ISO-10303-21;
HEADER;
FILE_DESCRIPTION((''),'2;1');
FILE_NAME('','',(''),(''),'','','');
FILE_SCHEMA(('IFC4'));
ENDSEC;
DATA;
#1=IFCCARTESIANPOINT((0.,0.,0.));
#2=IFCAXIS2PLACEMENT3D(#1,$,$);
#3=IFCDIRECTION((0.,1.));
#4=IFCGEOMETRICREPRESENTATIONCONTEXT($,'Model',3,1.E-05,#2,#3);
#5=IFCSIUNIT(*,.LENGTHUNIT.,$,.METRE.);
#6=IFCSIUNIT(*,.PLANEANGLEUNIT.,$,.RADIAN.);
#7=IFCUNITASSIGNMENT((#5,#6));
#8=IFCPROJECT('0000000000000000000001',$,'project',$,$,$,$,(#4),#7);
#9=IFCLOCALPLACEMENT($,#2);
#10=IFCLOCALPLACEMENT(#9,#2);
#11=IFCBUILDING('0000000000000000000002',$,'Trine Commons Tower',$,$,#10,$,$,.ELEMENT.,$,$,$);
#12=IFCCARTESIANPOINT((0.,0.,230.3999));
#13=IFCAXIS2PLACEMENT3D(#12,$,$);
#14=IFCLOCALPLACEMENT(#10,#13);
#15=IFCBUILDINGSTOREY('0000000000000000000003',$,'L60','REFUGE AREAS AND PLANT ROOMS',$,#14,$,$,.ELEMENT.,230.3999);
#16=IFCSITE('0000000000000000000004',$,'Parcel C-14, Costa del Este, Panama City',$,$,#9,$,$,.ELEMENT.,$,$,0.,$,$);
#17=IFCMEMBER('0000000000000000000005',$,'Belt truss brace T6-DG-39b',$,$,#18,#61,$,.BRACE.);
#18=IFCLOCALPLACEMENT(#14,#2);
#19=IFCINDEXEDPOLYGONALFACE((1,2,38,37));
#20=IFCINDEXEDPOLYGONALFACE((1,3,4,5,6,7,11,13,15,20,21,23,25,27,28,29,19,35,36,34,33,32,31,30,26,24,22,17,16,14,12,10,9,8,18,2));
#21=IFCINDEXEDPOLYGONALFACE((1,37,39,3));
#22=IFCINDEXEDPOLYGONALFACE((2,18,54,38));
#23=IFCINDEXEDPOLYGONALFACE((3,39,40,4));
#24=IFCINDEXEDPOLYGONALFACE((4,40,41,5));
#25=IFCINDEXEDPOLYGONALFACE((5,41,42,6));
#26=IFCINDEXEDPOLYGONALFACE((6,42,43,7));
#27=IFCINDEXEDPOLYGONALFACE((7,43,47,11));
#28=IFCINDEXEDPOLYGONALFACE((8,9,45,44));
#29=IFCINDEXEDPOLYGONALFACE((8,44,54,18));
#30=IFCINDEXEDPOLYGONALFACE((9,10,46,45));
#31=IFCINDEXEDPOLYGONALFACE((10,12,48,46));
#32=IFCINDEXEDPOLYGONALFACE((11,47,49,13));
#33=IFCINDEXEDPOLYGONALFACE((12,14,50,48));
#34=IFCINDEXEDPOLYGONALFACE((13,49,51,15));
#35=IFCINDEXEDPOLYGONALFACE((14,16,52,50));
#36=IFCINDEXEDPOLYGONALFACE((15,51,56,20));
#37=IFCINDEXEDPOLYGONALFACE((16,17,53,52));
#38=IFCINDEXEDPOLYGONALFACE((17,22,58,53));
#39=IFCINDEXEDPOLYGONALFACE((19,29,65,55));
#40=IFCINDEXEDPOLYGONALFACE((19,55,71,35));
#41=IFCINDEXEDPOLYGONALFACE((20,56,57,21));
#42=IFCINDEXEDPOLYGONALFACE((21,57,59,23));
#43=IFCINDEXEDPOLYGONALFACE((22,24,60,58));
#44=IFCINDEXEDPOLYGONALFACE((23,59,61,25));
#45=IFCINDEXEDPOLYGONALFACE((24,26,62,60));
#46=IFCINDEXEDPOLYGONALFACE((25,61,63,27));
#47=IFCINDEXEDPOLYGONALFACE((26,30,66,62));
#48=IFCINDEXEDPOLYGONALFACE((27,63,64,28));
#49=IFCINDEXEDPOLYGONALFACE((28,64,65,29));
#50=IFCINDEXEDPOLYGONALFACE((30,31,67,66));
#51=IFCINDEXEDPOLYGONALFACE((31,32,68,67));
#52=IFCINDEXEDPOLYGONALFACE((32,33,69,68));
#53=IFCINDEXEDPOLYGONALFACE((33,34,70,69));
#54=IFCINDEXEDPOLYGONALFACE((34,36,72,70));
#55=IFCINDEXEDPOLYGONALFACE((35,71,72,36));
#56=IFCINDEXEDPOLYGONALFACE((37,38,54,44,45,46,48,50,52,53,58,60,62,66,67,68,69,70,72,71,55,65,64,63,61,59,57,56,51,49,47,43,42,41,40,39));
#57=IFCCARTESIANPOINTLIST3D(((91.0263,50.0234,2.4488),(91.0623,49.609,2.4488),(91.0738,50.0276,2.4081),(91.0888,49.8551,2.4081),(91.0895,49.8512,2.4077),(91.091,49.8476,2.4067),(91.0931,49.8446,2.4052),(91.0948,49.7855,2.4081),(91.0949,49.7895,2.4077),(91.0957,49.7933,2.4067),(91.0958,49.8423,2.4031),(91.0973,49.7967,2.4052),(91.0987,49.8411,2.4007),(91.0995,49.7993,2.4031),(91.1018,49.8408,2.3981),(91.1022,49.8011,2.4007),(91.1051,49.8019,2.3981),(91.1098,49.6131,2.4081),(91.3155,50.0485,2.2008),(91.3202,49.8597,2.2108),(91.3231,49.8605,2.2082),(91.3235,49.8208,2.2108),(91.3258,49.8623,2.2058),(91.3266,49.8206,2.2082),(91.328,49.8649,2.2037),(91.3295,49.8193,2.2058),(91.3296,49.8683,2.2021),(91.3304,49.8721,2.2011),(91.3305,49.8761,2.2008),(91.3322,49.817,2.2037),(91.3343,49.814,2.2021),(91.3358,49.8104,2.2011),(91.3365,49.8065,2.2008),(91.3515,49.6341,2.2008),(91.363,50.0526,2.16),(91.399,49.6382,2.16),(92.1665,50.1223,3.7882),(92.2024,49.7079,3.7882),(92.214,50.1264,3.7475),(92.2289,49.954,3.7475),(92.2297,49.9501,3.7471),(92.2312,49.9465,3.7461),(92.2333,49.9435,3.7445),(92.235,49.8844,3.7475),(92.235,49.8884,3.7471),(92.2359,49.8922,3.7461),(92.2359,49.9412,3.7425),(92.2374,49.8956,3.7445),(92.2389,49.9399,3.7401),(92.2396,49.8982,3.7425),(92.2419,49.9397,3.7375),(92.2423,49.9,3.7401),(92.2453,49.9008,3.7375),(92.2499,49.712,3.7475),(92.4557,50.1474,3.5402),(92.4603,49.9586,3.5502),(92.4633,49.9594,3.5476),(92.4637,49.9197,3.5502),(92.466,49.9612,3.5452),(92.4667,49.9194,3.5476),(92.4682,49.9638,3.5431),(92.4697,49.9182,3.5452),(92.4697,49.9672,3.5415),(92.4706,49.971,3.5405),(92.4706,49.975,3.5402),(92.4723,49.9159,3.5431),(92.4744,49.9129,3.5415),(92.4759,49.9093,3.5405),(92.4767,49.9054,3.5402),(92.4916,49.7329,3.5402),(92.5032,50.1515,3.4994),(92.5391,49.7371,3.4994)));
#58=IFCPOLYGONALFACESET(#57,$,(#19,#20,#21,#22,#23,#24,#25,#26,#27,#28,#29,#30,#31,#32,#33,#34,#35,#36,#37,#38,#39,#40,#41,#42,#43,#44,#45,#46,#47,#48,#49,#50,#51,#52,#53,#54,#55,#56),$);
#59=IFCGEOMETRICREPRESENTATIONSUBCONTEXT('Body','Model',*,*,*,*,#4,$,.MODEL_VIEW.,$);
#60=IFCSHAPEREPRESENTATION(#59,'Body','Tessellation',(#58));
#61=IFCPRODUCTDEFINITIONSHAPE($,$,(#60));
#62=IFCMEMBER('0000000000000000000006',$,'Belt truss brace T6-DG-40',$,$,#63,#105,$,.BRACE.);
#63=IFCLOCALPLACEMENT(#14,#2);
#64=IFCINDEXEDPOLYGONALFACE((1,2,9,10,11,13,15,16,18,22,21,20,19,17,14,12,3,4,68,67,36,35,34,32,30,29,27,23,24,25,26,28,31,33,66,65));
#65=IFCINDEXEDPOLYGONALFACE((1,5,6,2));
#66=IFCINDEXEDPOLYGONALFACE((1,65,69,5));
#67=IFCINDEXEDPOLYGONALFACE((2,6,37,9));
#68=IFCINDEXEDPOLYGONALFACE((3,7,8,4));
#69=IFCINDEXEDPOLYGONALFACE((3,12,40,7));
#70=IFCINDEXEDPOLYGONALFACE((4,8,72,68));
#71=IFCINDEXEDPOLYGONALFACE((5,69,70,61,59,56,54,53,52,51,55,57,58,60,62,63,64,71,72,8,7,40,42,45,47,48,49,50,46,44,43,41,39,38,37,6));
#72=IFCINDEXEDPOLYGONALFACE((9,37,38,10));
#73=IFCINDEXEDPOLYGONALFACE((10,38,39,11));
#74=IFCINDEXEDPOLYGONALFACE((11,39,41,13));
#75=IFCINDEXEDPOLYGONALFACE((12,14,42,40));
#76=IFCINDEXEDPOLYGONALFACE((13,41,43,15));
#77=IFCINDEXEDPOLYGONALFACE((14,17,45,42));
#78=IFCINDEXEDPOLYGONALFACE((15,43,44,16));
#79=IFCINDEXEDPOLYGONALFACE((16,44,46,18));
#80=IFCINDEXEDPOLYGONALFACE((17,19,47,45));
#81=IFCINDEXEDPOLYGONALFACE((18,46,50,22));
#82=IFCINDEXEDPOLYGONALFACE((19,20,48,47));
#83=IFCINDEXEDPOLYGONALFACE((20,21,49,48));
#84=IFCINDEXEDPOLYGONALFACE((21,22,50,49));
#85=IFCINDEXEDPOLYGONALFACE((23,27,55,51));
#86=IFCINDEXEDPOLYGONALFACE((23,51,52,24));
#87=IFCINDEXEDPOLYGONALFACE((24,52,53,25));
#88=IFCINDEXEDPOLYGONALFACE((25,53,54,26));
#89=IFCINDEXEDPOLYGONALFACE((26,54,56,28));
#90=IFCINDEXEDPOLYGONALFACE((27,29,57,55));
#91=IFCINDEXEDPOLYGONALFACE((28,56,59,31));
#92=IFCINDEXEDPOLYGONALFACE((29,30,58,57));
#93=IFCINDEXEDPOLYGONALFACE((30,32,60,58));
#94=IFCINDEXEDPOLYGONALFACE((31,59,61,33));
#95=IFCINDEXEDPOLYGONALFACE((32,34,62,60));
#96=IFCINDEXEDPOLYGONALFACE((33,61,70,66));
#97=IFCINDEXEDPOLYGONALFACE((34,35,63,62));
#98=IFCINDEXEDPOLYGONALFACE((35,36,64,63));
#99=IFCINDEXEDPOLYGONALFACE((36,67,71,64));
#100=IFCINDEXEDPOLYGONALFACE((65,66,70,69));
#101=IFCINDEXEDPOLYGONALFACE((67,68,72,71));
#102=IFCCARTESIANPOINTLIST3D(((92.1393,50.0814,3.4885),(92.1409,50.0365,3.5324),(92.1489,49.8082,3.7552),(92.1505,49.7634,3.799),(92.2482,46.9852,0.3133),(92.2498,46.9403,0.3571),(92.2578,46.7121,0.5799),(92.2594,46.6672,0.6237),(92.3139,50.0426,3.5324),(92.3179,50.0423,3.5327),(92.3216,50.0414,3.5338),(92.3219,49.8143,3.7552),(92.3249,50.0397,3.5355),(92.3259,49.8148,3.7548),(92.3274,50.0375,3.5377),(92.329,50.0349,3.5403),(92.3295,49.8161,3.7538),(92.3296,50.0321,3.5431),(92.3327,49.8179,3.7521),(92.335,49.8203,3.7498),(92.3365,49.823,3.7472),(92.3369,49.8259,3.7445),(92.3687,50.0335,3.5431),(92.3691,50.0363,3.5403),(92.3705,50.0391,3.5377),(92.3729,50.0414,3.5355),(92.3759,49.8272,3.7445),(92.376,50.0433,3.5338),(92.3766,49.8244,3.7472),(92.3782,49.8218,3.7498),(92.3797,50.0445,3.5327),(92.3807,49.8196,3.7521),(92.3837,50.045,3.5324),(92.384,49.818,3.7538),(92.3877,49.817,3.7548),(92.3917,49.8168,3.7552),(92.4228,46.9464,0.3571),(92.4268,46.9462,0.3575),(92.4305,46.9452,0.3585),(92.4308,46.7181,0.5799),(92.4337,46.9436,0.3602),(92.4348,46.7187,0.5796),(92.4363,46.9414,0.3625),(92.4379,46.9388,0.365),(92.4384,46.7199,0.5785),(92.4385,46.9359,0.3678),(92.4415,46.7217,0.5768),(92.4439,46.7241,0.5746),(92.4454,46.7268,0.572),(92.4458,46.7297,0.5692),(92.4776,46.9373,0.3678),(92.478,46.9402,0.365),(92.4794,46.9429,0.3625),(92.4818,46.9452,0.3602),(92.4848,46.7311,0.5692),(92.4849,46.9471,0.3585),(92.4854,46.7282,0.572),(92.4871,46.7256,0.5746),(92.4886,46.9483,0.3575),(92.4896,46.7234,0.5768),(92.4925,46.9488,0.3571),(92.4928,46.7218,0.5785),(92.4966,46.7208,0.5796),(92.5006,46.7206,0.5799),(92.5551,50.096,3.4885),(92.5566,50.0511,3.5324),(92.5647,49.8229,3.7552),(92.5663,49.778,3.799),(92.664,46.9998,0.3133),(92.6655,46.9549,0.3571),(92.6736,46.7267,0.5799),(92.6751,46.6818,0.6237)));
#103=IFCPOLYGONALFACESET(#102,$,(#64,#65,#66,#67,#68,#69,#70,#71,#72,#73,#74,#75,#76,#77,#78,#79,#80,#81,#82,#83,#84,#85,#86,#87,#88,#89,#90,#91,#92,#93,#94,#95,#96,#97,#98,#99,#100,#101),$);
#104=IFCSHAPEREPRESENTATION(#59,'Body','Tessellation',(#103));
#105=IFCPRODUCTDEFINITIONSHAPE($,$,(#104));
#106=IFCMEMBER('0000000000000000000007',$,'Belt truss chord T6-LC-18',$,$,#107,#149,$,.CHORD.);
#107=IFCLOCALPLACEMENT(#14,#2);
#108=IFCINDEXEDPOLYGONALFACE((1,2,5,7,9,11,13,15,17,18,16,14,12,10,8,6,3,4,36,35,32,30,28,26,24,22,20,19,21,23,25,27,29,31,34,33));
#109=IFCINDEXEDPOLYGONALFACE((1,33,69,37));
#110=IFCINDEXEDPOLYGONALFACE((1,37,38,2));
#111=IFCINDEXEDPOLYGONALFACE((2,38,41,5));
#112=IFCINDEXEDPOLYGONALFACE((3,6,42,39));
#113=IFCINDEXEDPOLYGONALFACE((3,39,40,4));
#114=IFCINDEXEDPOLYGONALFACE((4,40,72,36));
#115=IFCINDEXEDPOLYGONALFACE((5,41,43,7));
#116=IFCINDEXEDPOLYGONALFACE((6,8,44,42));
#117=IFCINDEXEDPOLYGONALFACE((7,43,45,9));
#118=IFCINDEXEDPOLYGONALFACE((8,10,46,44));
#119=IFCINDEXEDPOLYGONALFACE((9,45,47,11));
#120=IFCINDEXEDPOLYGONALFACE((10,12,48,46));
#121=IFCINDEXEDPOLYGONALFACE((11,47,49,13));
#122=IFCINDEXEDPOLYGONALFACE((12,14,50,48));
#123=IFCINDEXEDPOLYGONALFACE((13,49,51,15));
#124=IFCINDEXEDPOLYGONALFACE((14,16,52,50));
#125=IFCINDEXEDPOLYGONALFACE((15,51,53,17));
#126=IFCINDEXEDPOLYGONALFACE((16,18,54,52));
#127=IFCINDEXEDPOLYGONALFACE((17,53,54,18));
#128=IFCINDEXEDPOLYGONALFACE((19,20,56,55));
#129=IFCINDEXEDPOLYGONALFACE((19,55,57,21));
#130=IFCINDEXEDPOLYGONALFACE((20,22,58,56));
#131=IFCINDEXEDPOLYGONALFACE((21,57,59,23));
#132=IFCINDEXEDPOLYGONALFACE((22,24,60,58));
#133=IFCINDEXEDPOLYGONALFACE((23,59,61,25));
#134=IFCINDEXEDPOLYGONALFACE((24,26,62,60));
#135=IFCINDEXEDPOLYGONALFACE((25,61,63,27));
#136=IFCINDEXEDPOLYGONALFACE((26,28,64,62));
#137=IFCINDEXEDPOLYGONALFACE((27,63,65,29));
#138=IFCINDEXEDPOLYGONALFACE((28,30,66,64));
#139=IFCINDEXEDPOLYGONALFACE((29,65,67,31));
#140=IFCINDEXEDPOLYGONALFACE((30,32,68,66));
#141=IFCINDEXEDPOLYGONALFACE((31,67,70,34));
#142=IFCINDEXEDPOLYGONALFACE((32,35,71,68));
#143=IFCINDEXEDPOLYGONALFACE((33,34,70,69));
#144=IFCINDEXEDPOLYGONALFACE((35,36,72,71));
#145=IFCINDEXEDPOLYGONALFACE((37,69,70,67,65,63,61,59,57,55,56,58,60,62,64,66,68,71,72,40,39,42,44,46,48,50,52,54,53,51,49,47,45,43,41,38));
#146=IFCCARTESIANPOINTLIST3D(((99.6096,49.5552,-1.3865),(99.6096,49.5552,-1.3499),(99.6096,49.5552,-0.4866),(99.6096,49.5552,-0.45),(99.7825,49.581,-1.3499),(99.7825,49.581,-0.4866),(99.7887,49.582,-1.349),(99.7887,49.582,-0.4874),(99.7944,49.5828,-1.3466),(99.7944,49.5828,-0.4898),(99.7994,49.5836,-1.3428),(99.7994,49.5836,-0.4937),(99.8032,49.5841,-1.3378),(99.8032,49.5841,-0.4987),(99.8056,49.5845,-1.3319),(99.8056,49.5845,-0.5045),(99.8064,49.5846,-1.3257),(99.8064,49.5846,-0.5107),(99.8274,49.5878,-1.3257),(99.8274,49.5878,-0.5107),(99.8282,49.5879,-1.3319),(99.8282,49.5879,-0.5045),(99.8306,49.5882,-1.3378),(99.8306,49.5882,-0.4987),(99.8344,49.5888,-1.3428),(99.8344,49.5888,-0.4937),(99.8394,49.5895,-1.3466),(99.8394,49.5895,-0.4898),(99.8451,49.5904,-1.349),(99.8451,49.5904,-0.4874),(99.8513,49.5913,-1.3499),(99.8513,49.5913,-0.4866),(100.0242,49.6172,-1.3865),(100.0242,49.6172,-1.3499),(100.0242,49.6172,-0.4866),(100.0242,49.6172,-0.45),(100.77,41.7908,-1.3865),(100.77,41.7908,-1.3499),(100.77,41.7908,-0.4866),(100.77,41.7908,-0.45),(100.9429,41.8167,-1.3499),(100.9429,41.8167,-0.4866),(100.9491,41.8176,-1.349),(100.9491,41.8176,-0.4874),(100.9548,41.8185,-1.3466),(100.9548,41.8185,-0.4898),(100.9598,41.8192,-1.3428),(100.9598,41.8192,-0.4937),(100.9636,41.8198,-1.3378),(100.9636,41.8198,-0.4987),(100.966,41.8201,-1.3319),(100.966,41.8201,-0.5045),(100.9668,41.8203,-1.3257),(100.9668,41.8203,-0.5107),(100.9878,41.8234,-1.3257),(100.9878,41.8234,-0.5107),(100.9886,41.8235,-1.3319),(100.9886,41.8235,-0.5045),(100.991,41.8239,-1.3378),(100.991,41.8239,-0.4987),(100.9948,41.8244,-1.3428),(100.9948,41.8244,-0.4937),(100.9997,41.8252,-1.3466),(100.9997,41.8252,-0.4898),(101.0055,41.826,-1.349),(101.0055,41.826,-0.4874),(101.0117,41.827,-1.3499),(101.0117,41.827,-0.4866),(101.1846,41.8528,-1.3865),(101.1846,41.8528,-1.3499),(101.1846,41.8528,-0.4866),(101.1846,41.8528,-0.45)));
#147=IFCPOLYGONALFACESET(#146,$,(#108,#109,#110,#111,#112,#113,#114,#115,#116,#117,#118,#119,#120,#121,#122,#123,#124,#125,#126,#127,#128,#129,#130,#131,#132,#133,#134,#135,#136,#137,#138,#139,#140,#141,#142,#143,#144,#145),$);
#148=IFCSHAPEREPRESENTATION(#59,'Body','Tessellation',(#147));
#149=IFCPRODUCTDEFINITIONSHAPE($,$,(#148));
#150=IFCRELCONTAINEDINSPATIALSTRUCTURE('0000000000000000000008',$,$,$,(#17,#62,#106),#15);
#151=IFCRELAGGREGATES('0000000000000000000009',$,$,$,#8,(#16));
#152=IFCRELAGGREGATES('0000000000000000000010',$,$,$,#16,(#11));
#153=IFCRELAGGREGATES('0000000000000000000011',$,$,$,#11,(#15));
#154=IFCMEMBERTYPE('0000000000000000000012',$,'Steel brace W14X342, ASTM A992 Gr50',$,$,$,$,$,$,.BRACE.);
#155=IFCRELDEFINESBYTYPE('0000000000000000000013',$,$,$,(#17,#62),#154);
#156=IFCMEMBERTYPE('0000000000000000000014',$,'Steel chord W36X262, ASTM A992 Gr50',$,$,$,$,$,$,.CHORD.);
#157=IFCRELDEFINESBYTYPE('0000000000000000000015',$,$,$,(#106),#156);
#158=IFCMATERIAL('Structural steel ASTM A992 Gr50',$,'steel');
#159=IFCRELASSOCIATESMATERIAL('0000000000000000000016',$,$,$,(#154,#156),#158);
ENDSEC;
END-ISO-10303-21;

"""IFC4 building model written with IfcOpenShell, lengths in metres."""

from ifc_helpers import new_model, si_unit, direction, frame, origin, origin_2d, place, context, subcontext, project, spatial, i_section, extrude, material, material_profile, profile_set, type_object, element, save


model = new_model("IFC4")

# Units and contexts
model_context = context("Model", 3, precision=1e-05, world=origin(), true_north=direction((0.0, 1.0)))
body_context = subcontext(model_context, "Body", "Model", "MODEL_VIEW")
ifc_project = project(units=[si_unit("LENGTHUNIT", "METRE"), si_unit("PLANEANGLEUNIT", "RADIAN")], contexts=[model_context])

# Site, building, storey
site_placement = place(None, origin())
site = spatial("IfcSite", under=ifc_project, at=site_placement, Name="Parcel C-14, Costa del Este, Panama City", CompositionType="ELEMENT", RefElevation=0.0)
building_placement = place(site_placement, origin())
building = spatial("IfcBuilding", under=site, at=building_placement, Name="Trine Commons Tower", CompositionType="ELEMENT")
storey_placement = place(building_placement, frame((0.0, 0.0, 230.3999)))
storey = spatial("IfcBuildingStorey", under=building, at=storey_placement, Name="L60", Description="REFUGE AREAS AND PLANT ROOMS", CompositionType="ELEMENT", Elevation=230.3999)

# Members
ifc_material_1 = material(Name="Structural steel ASTM A992 Gr50", Category="steel")
ifc_material_profile_1 = material_profile(ifc_material_1, i_section(OverallWidth=0.416, OverallDepth=0.4446, WebThickness=0.0391, FlangeThickness=0.0627, FilletRadius=0.0154, at=origin_2d()), Name="W14X342")
ifc_profile_set_1 = profile_set([ifc_material_profile_1], Name="Structural steel ASTM A992 Gr50")
member_type_1 = type_object("IfcMemberType", Name="Steel brace W14X342, ASTM A992 Gr50", PredefinedType="BRACE", material=ifc_profile_set_1)
member_1_placement = place(storey_placement, frame((91.2126, 49.8308, 2.3044), z_axis=(0.647182, 0.056126, 0.760266), x_axis=(-0.086399, 0.996261, 0.0)))
element("IfcMember", 1, at=member_1_placement, inside=storey, type_object=member_type_1, Name="Belt truss brace T6-DG-39b", PredefinedType="BRACE", context=body_context, shape_type="SweptSolid", body=[
    extrude(i_section(OverallWidth=0.416, OverallDepth=0.4446, WebThickness=0.0391, FlangeThickness=0.0627, FilletRadius=0.0154, at=origin_2d()), origin(), (0.0, 0.0, 1.0), 1.7617),
])
member_2_placement = place(storey_placement, frame((92.4617, 46.8335, 0.4685), z_axis=(-0.024544, 0.697922, 0.715753), x_axis=(-0.999382, -0.035146, 0.0)))
element("IfcMember", 2, at=member_2_placement, inside=storey, type_object=member_type_1, Name="Belt truss brace T6-DG-40", PredefinedType="BRACE", context=body_context, shape_type="SweptSolid", body=[
    extrude(i_section(OverallWidth=0.416, OverallDepth=0.4446, WebThickness=0.0391, FlangeThickness=0.0627, FilletRadius=0.0154, at=origin_2d()), origin(), (0.0, 0.0, 1.0), 4.4363),
])
ifc_material_profile_2 = material_profile(ifc_material_1, i_section(OverallWidth=0.4192, OverallDepth=0.9365, WebThickness=0.0212, FlangeThickness=0.0366, FilletRadius=0.0242, at=origin_2d()), Name="W36X262")
ifc_profile_set_2 = profile_set([ifc_material_profile_2], Name="Structural steel ASTM A992 Gr50")
member_type_2 = type_object("IfcMemberType", Name="Steel chord W36X262, ASTM A992 Gr50", PredefinedType="CHORD", material=ifc_profile_set_2)
member_3_placement = place(storey_placement, frame((99.8169, 49.5862, -0.9182), z_axis=(0.14781, -0.989016, 0.0), x_axis=(0.989016, 0.14781, 0.0)))
element("IfcMember", 3, at=member_3_placement, inside=storey, type_object=member_type_2, Name="Belt truss chord T6-LC-18", PredefinedType="CHORD", context=body_context, shape_type="SweptSolid", body=[
    extrude(i_section(OverallWidth=0.4192, OverallDepth=0.9365, WebThickness=0.0212, FlangeThickness=0.0366, FilletRadius=0.0242, at=origin_2d()), origin(), (0.0, 0.0, 1.0), 7.8506),
])

save(model, "model.ifc")
